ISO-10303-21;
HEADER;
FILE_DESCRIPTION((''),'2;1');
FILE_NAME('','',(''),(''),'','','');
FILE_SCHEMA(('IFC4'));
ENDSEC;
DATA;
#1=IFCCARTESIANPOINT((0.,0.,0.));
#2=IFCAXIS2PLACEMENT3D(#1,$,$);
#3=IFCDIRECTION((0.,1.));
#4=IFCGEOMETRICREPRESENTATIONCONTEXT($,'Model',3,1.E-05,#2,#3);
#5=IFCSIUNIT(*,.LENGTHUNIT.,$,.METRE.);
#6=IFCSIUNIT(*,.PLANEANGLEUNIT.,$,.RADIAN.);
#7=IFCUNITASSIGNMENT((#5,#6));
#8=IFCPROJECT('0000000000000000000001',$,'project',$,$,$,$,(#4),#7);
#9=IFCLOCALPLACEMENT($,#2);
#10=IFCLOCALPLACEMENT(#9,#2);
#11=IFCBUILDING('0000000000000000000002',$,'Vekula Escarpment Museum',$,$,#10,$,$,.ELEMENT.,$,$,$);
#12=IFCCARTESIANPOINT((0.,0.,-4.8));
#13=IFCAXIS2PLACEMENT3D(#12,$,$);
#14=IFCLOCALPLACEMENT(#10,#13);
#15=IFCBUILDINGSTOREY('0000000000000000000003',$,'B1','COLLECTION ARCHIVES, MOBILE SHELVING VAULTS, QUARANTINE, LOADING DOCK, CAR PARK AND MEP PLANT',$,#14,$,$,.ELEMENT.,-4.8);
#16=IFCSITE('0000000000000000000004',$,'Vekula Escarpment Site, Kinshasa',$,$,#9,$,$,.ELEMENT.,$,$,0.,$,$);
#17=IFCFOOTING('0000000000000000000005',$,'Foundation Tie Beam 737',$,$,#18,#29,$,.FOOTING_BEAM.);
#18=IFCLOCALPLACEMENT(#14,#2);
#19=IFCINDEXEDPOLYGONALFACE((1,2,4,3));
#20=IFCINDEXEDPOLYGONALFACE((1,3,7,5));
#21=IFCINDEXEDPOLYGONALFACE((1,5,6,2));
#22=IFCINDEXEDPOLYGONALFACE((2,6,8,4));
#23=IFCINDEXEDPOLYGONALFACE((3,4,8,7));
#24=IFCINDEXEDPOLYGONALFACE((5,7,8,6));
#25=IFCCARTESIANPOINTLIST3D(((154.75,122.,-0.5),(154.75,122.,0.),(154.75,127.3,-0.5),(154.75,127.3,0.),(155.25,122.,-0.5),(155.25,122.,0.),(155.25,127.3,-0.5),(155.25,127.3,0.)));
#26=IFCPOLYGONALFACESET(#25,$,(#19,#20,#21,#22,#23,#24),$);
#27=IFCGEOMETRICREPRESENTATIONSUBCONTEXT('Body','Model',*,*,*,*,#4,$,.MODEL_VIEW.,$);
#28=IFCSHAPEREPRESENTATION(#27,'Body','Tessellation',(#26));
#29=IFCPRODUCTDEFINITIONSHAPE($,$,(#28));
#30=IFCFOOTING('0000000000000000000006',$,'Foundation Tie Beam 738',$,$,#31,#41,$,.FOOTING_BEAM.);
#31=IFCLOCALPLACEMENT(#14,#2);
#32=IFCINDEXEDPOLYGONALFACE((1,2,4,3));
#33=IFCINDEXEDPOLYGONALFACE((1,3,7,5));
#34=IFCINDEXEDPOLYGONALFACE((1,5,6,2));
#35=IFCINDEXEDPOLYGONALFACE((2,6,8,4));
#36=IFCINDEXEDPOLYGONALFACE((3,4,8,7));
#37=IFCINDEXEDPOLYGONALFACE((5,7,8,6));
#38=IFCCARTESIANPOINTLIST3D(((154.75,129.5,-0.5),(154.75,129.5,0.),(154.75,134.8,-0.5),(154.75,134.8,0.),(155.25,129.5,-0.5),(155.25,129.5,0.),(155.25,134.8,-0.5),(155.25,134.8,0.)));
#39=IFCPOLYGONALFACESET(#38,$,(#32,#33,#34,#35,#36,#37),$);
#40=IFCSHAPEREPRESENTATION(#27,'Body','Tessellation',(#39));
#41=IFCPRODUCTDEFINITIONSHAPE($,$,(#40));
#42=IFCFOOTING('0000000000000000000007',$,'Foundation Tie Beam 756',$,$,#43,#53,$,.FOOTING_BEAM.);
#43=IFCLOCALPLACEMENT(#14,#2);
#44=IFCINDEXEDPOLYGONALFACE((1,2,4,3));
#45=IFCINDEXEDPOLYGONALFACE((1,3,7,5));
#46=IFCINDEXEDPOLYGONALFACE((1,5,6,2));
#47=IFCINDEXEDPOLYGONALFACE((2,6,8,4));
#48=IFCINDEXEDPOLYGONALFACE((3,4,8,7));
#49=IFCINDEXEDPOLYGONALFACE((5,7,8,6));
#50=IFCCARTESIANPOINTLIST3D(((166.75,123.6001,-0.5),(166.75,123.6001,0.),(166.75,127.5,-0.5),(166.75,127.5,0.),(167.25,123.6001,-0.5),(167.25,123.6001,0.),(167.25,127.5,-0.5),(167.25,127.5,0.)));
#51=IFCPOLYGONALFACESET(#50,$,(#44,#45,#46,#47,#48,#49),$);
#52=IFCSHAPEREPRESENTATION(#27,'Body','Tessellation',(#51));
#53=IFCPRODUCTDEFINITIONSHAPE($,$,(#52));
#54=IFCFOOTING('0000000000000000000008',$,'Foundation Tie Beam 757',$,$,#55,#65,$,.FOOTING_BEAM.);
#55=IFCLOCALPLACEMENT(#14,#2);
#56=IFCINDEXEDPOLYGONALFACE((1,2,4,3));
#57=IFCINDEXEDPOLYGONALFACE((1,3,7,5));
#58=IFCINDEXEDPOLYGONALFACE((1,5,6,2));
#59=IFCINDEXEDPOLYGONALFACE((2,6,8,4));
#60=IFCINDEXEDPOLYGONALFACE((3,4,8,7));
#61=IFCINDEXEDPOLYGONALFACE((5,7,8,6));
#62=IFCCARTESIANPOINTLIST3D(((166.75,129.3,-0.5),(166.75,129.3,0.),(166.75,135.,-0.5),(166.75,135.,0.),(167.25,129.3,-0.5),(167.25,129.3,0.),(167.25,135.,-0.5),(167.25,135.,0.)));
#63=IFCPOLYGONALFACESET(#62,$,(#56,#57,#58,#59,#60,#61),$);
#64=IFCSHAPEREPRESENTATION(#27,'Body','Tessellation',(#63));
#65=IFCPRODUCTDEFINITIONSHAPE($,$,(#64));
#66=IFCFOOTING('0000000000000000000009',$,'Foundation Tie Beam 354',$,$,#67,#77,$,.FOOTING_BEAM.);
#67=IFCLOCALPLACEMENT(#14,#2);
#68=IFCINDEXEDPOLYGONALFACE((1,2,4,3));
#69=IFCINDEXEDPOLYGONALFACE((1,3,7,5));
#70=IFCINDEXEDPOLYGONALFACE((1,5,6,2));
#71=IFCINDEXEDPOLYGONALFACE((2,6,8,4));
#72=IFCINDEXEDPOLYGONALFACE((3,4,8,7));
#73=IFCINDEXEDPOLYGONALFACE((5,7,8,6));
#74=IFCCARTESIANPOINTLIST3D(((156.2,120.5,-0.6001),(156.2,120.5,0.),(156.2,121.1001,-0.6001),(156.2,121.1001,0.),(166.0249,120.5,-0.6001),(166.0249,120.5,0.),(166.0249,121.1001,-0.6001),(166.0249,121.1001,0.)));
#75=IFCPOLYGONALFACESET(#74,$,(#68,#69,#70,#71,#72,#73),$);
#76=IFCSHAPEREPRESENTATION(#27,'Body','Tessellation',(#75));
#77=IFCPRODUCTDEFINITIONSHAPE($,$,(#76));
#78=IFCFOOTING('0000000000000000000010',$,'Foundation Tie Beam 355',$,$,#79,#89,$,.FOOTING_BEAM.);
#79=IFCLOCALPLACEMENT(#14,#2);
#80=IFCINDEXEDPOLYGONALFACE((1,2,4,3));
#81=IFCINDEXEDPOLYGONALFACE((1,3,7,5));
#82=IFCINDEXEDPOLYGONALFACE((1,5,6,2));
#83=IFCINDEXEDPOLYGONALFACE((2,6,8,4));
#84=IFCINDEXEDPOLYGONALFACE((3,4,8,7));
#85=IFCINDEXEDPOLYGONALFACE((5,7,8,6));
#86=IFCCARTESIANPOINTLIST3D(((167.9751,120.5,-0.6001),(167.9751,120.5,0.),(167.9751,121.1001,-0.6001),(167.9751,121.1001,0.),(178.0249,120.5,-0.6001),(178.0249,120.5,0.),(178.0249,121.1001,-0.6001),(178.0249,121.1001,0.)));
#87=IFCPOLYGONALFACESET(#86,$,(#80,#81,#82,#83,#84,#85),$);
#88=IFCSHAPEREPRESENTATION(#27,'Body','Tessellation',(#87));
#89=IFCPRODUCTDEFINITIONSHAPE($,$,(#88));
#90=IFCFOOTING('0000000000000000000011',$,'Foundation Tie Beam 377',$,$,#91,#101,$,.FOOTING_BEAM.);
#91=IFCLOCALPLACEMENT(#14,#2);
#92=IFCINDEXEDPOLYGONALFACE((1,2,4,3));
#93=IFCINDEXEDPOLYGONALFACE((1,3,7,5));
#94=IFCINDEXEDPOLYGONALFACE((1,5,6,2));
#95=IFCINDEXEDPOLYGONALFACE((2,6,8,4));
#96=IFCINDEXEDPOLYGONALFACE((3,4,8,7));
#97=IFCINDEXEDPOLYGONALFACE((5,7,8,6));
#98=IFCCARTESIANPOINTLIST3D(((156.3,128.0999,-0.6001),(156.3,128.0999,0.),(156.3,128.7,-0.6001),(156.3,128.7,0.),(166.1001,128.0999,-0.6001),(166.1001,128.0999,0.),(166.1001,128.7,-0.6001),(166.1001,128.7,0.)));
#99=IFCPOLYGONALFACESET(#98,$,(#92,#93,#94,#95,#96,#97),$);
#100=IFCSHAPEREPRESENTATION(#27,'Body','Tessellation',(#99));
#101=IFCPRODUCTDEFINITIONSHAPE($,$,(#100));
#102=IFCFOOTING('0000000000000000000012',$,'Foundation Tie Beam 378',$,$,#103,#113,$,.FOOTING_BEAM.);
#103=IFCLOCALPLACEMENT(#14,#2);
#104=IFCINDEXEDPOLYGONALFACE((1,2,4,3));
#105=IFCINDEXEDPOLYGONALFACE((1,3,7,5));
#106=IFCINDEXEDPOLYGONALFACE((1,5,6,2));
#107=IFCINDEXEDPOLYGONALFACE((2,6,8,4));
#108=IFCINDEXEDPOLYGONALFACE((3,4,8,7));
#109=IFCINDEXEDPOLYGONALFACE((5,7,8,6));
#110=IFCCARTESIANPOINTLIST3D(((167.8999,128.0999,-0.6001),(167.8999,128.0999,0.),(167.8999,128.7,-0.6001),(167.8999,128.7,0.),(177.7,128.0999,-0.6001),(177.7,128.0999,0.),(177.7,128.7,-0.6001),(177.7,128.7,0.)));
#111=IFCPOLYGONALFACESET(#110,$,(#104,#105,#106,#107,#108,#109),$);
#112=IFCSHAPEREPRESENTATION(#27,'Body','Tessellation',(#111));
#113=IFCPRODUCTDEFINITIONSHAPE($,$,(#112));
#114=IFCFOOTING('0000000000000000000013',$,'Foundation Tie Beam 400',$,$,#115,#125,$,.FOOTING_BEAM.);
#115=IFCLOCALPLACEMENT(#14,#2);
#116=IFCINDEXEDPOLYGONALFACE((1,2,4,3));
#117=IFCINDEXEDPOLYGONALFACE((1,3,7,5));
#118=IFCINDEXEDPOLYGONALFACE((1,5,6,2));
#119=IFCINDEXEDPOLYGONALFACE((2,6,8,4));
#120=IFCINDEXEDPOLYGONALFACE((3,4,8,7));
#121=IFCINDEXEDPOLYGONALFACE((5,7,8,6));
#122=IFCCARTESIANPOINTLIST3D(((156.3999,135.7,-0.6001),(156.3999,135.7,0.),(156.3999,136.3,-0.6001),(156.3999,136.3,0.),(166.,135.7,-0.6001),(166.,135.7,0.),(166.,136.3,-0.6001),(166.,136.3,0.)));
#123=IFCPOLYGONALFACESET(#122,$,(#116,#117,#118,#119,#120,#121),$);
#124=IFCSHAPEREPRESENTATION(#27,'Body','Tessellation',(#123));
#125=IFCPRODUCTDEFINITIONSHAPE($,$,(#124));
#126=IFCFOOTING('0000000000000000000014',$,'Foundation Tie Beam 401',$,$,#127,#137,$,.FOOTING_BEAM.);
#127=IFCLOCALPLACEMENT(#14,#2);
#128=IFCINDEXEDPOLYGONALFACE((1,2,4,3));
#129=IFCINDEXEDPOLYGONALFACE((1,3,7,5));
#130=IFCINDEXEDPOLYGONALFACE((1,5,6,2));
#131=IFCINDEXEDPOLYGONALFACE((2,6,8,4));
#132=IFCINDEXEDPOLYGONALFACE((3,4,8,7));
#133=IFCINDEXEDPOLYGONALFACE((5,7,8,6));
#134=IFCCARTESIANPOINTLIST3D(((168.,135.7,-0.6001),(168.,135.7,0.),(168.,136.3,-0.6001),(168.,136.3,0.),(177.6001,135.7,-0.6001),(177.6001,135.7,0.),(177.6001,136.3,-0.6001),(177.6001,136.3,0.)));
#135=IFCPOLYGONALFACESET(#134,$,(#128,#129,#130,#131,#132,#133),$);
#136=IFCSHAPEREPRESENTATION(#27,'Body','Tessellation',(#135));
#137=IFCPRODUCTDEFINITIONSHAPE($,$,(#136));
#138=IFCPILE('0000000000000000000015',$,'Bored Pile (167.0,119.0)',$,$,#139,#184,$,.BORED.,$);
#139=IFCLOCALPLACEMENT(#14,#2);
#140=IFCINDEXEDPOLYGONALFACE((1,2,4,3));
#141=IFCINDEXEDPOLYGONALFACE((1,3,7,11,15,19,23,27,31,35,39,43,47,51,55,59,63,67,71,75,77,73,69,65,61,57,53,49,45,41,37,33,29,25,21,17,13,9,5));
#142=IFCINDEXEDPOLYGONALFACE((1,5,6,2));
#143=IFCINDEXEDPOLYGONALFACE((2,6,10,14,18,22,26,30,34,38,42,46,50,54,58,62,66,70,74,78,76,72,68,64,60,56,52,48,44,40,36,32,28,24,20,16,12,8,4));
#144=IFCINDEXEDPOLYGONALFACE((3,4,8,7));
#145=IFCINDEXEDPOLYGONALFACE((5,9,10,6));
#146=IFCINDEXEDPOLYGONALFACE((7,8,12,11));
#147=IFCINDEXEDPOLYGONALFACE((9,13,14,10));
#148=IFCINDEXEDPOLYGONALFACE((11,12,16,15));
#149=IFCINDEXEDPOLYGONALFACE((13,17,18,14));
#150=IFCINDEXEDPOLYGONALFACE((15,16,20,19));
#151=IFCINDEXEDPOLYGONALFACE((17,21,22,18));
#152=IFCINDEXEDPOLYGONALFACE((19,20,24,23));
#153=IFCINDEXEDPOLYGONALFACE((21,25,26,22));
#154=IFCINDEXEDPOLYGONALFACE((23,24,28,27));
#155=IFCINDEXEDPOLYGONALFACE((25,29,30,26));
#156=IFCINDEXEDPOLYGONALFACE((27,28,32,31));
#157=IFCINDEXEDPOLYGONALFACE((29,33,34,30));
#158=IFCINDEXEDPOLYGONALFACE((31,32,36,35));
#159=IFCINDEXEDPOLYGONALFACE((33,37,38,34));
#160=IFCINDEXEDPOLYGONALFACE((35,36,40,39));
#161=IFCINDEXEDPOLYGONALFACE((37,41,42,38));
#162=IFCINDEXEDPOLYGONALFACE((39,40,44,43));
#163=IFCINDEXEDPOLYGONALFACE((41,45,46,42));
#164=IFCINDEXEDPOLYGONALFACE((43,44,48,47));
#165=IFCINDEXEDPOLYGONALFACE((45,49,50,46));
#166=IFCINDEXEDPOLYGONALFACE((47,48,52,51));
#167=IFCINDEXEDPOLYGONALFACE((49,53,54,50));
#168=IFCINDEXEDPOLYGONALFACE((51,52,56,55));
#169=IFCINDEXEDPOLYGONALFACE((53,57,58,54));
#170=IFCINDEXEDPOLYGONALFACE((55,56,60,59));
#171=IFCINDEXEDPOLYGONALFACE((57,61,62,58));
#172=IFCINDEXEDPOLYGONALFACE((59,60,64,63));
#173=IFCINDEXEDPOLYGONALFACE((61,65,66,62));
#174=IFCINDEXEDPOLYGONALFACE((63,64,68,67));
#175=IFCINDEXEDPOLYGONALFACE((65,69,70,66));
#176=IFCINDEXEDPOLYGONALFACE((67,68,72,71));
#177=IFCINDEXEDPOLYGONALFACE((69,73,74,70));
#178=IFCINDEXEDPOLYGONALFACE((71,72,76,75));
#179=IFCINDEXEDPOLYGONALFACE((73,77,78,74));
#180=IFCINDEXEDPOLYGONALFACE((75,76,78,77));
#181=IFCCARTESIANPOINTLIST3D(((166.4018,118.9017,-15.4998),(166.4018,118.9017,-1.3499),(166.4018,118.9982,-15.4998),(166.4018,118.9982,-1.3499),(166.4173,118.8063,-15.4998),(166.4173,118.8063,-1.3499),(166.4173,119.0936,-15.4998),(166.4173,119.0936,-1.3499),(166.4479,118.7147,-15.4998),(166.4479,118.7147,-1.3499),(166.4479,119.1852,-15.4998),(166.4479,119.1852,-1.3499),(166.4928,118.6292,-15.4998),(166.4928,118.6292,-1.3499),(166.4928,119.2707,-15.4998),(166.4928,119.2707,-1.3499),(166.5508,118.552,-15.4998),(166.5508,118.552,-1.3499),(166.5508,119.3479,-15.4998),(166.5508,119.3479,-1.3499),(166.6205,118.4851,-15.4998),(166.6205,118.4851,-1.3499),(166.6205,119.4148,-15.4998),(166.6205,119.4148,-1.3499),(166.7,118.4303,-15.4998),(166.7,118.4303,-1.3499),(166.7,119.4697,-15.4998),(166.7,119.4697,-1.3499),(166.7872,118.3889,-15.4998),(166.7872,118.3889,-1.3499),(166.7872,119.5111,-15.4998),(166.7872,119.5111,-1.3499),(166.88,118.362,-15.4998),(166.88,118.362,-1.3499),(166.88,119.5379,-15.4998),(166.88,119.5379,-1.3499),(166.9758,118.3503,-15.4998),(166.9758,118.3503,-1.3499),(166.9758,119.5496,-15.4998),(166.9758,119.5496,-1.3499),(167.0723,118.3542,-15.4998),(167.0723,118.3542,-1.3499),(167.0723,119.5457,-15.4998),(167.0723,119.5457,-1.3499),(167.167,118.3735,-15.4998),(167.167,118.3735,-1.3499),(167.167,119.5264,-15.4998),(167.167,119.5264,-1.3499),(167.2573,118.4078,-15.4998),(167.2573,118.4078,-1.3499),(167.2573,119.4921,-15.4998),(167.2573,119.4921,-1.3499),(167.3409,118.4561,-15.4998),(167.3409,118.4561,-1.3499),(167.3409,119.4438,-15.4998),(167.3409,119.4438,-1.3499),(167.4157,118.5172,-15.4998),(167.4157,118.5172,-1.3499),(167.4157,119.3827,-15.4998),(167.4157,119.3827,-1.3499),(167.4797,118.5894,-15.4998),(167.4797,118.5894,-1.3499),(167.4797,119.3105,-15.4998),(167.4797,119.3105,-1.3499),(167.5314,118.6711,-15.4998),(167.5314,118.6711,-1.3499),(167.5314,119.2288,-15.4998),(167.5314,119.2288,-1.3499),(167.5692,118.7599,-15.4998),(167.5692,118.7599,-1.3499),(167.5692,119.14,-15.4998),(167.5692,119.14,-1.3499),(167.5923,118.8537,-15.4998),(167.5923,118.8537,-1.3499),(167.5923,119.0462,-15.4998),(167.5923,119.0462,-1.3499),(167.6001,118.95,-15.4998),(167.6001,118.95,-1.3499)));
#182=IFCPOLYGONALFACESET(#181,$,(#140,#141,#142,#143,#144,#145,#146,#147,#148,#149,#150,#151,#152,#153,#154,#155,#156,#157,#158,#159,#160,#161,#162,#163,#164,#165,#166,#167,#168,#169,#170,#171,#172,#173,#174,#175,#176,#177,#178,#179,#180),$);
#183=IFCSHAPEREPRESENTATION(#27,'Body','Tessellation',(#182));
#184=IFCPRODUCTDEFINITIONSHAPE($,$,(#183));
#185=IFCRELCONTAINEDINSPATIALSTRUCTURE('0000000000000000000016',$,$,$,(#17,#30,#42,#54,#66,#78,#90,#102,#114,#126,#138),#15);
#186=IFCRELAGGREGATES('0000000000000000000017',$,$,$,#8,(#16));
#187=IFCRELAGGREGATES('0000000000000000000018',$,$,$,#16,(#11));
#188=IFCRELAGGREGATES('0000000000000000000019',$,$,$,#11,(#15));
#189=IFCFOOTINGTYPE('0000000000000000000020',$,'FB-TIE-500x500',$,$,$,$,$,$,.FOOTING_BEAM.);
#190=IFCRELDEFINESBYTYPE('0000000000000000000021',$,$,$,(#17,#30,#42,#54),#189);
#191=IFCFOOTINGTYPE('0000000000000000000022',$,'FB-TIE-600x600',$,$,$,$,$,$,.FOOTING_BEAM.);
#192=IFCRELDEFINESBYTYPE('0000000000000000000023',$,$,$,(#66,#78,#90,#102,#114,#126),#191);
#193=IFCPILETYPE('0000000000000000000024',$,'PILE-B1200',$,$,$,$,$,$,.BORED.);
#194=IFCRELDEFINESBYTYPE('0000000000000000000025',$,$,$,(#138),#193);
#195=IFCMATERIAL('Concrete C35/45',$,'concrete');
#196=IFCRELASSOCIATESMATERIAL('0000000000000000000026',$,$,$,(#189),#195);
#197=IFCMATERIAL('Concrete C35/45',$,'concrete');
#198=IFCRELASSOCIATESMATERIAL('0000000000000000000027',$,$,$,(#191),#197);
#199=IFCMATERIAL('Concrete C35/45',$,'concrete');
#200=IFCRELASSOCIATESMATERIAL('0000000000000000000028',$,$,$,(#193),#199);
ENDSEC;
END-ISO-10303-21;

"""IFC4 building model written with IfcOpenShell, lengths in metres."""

from ifc_helpers import new_model, si_unit, direction, frame, origin, origin_2d, place, context, subcontext, project, spatial, rectangle, circle, extrude, material, material_profile, profile_set, type_object, element, save


model = new_model("IFC4")

# Units and contexts
model_context = context("Model", 3, precision=1e-05, world=origin(), true_north=direction((0.0, 1.0)))
body_context = subcontext(model_context, "Body", "Model", "MODEL_VIEW")
ifc_project = project(units=[si_unit("LENGTHUNIT", "METRE"), si_unit("PLANEANGLEUNIT", "RADIAN")], contexts=[model_context])

# Site, building, storey
site_placement = place(None, origin())
site = spatial("IfcSite", under=ifc_project, at=site_placement, Name="Vekula Escarpment Site, Kinshasa", CompositionType="ELEMENT", RefElevation=0.0)
building_placement = place(site_placement, origin())
building = spatial("IfcBuilding", under=site, at=building_placement, Name="Vekula Escarpment Museum", CompositionType="ELEMENT")
storey_placement = place(building_placement, frame((0.0, 0.0, -4.8)))
storey = spatial("IfcBuildingStorey", under=building, at=storey_placement, Name="B1", Description="COLLECTION ARCHIVES, MOBILE SHELVING VAULTS, QUARANTINE, LOADING DOCK, CAR PARK AND MEP PLANT", CompositionType="ELEMENT", Elevation=-4.8)

# Footings
ifc_material_1 = material(Name="Concrete C35/45", Category="concrete")
ifc_material_profile_1 = material_profile(ifc_material_1, rectangle(XDim=0.5, YDim=0.5, at=origin_2d()), Name="RC 500x500")
ifc_profile_set_1 = profile_set([ifc_material_profile_1], Name="Concrete C35/45")
footing_type_1 = type_object("IfcFootingType", Name="FB-TIE-500x500", PredefinedType="FOOTING_BEAM", material=ifc_profile_set_1)
for number, where, z_axis, x_axis, name in (
    (1, (155.0, 122.0, -0.25), (0.0, 1.0, 0.0), (-1.0, 0.0, 0.0), "Foundation Tie Beam 737"),
    (2, (155.0, 129.5, -0.25), (0.0, 1.0, 0.0), (-1.0, 0.0, 0.0), "Foundation Tie Beam 738"),
):
    element("IfcFooting", number, at=place(storey_placement, frame(where, z_axis=z_axis, x_axis=x_axis)), inside=storey, type_object=footing_type_1, Name=name, PredefinedType="FOOTING_BEAM", context=body_context, shape_type="SweptSolid", body=[
        extrude(rectangle(XDim=0.5, YDim=0.5, at=origin_2d()), origin(), (0.0, 0.0, 1.0), 5.3),
    ])
footing_1_placement = place(storey_placement, frame((167.0, 123.6001, -0.25), z_axis=(0.0, 1.0, 0.0), x_axis=(-1.0, 0.0, 0.0)))
element("IfcFooting", 3, at=footing_1_placement, inside=storey, type_object=footing_type_1, Name="Foundation Tie Beam 756", PredefinedType="FOOTING_BEAM", context=body_context, shape_type="SweptSolid", body=[
    extrude(rectangle(XDim=0.5, YDim=0.5, at=origin_2d()), origin(), (0.0, 0.0, 1.0), 3.8999),
])
footing_2_placement = place(storey_placement, frame((167.0, 129.3, -0.25), z_axis=(0.0, 1.0, 0.0), x_axis=(-1.0, 0.0, 0.0)))
element("IfcFooting", 4, at=footing_2_placement, inside=storey, type_object=footing_type_1, Name="Foundation Tie Beam 757", PredefinedType="FOOTING_BEAM", context=body_context, shape_type="SweptSolid", body=[
    extrude(rectangle(XDim=0.5, YDim=0.5, at=origin_2d()), origin(), (0.0, 0.0, 1.0), 5.7),
])
ifc_material_2 = material(Name="Concrete C35/45", Category="concrete")
ifc_material_profile_2 = material_profile(ifc_material_2, rectangle(XDim=0.6001, YDim=0.6001, at=origin_2d()), Name="RC 600x600")
ifc_profile_set_2 = profile_set([ifc_material_profile_2], Name="Concrete C35/45")
footing_type_2 = type_object("IfcFootingType", Name="FB-TIE-600x600", PredefinedType="FOOTING_BEAM", material=ifc_profile_set_2)
footing_3_placement = place(storey_placement, frame((156.2, 120.8, -0.3), z_axis=(1.0, 0.0, 0.0), x_axis=(0.0, 1.0, 0.0)))
element("IfcFooting", 5, at=footing_3_placement, inside=storey, type_object=footing_type_2, Name="Foundation Tie Beam 354", PredefinedType="FOOTING_BEAM", context=body_context, shape_type="SweptSolid", body=[
    extrude(rectangle(XDim=0.6001, YDim=0.6001, at=origin_2d()), origin(), (0.0, 0.0, 1.0), 9.825),
])
footing_4_placement = place(storey_placement, frame((167.9751, 120.8, -0.3), z_axis=(1.0, 0.0, 0.0), x_axis=(0.0, 1.0, 0.0)))
element("IfcFooting", 6, at=footing_4_placement, inside=storey, type_object=footing_type_2, Name="Foundation Tie Beam 355", PredefinedType="FOOTING_BEAM", context=body_context, shape_type="SweptSolid", body=[
    extrude(rectangle(XDim=0.6001, YDim=0.6001, at=origin_2d()), origin(), (0.0, 0.0, 1.0), 10.0498),
])
for number, where, z_axis, x_axis, name in (
    (7, (156.3, 128.3999, -0.3), (1.0, 0.0, 0.0), (0.0, 1.0, 0.0), "Foundation Tie Beam 377"),
    (8, (167.8999, 128.3999, -0.3), (1.0, 0.0, 0.0), (0.0, 1.0, 0.0), "Foundation Tie Beam 378"),
):
    element("IfcFooting", number, at=place(storey_placement, frame(where, z_axis=z_axis, x_axis=x_axis)), inside=storey, type_object=footing_type_2, Name=name, PredefinedType="FOOTING_BEAM", context=body_context, shape_type="SweptSolid", body=[
        extrude(rectangle(XDim=0.6001, YDim=0.6001, at=origin_2d()), origin(), (0.0, 0.0, 1.0), 9.8),
    ])
for number, where, z_axis, x_axis, name in (
    (9, (156.3999, 136.0, -0.3), (1.0, 0.0, 0.0), (0.0, 1.0, 0.0), "Foundation Tie Beam 400"),
    (10, (168.0, 136.0, -0.3), (1.0, 0.0, 0.0), (0.0, 1.0, 0.0), "Foundation Tie Beam 401"),
):
    element("IfcFooting", number, at=place(storey_placement, frame(where, z_axis=z_axis, x_axis=x_axis)), inside=storey, type_object=footing_type_2, Name=name, PredefinedType="FOOTING_BEAM", context=body_context, shape_type="SweptSolid", body=[
        extrude(rectangle(XDim=0.6001, YDim=0.6001, at=origin_2d()), origin(), (0.0, 0.0, 1.0), 9.6001),
    ])

# Pile
ifc_material_3 = material(Name="Concrete C35/45", Category="concrete")
ifc_material_profile_3 = material_profile(ifc_material_3, circle(Radius=0.6001, at=origin_2d()), Name="BORED PILE 1200")
ifc_profile_set_3 = profile_set([ifc_material_profile_3], Name="Concrete C35/45")
pile_type = type_object("IfcPileType", Name="PILE-B1200", PredefinedType="BORED", material=ifc_profile_set_3)
for number, where, z_axis, x_axis, name in (
    (11, (167.0, 118.95, -1.3499), (0.0, 0.0, -1.0), (1.0, 0.0, 0.0), "Bored Pile (167.0,119.0)"),
):
    element("IfcPile", number, at=place(storey_placement, frame(where, z_axis=z_axis, x_axis=x_axis)), inside=storey, type_object=pile_type, Name=name, PredefinedType="BORED", context=body_context, shape_type="SweptSolid", body=[
        extrude(circle(Radius=0.6001, at=origin_2d()), origin(), (0.0, 0.0, 1.0), 14.1499),
    ])

save(model, "model.ifc")
